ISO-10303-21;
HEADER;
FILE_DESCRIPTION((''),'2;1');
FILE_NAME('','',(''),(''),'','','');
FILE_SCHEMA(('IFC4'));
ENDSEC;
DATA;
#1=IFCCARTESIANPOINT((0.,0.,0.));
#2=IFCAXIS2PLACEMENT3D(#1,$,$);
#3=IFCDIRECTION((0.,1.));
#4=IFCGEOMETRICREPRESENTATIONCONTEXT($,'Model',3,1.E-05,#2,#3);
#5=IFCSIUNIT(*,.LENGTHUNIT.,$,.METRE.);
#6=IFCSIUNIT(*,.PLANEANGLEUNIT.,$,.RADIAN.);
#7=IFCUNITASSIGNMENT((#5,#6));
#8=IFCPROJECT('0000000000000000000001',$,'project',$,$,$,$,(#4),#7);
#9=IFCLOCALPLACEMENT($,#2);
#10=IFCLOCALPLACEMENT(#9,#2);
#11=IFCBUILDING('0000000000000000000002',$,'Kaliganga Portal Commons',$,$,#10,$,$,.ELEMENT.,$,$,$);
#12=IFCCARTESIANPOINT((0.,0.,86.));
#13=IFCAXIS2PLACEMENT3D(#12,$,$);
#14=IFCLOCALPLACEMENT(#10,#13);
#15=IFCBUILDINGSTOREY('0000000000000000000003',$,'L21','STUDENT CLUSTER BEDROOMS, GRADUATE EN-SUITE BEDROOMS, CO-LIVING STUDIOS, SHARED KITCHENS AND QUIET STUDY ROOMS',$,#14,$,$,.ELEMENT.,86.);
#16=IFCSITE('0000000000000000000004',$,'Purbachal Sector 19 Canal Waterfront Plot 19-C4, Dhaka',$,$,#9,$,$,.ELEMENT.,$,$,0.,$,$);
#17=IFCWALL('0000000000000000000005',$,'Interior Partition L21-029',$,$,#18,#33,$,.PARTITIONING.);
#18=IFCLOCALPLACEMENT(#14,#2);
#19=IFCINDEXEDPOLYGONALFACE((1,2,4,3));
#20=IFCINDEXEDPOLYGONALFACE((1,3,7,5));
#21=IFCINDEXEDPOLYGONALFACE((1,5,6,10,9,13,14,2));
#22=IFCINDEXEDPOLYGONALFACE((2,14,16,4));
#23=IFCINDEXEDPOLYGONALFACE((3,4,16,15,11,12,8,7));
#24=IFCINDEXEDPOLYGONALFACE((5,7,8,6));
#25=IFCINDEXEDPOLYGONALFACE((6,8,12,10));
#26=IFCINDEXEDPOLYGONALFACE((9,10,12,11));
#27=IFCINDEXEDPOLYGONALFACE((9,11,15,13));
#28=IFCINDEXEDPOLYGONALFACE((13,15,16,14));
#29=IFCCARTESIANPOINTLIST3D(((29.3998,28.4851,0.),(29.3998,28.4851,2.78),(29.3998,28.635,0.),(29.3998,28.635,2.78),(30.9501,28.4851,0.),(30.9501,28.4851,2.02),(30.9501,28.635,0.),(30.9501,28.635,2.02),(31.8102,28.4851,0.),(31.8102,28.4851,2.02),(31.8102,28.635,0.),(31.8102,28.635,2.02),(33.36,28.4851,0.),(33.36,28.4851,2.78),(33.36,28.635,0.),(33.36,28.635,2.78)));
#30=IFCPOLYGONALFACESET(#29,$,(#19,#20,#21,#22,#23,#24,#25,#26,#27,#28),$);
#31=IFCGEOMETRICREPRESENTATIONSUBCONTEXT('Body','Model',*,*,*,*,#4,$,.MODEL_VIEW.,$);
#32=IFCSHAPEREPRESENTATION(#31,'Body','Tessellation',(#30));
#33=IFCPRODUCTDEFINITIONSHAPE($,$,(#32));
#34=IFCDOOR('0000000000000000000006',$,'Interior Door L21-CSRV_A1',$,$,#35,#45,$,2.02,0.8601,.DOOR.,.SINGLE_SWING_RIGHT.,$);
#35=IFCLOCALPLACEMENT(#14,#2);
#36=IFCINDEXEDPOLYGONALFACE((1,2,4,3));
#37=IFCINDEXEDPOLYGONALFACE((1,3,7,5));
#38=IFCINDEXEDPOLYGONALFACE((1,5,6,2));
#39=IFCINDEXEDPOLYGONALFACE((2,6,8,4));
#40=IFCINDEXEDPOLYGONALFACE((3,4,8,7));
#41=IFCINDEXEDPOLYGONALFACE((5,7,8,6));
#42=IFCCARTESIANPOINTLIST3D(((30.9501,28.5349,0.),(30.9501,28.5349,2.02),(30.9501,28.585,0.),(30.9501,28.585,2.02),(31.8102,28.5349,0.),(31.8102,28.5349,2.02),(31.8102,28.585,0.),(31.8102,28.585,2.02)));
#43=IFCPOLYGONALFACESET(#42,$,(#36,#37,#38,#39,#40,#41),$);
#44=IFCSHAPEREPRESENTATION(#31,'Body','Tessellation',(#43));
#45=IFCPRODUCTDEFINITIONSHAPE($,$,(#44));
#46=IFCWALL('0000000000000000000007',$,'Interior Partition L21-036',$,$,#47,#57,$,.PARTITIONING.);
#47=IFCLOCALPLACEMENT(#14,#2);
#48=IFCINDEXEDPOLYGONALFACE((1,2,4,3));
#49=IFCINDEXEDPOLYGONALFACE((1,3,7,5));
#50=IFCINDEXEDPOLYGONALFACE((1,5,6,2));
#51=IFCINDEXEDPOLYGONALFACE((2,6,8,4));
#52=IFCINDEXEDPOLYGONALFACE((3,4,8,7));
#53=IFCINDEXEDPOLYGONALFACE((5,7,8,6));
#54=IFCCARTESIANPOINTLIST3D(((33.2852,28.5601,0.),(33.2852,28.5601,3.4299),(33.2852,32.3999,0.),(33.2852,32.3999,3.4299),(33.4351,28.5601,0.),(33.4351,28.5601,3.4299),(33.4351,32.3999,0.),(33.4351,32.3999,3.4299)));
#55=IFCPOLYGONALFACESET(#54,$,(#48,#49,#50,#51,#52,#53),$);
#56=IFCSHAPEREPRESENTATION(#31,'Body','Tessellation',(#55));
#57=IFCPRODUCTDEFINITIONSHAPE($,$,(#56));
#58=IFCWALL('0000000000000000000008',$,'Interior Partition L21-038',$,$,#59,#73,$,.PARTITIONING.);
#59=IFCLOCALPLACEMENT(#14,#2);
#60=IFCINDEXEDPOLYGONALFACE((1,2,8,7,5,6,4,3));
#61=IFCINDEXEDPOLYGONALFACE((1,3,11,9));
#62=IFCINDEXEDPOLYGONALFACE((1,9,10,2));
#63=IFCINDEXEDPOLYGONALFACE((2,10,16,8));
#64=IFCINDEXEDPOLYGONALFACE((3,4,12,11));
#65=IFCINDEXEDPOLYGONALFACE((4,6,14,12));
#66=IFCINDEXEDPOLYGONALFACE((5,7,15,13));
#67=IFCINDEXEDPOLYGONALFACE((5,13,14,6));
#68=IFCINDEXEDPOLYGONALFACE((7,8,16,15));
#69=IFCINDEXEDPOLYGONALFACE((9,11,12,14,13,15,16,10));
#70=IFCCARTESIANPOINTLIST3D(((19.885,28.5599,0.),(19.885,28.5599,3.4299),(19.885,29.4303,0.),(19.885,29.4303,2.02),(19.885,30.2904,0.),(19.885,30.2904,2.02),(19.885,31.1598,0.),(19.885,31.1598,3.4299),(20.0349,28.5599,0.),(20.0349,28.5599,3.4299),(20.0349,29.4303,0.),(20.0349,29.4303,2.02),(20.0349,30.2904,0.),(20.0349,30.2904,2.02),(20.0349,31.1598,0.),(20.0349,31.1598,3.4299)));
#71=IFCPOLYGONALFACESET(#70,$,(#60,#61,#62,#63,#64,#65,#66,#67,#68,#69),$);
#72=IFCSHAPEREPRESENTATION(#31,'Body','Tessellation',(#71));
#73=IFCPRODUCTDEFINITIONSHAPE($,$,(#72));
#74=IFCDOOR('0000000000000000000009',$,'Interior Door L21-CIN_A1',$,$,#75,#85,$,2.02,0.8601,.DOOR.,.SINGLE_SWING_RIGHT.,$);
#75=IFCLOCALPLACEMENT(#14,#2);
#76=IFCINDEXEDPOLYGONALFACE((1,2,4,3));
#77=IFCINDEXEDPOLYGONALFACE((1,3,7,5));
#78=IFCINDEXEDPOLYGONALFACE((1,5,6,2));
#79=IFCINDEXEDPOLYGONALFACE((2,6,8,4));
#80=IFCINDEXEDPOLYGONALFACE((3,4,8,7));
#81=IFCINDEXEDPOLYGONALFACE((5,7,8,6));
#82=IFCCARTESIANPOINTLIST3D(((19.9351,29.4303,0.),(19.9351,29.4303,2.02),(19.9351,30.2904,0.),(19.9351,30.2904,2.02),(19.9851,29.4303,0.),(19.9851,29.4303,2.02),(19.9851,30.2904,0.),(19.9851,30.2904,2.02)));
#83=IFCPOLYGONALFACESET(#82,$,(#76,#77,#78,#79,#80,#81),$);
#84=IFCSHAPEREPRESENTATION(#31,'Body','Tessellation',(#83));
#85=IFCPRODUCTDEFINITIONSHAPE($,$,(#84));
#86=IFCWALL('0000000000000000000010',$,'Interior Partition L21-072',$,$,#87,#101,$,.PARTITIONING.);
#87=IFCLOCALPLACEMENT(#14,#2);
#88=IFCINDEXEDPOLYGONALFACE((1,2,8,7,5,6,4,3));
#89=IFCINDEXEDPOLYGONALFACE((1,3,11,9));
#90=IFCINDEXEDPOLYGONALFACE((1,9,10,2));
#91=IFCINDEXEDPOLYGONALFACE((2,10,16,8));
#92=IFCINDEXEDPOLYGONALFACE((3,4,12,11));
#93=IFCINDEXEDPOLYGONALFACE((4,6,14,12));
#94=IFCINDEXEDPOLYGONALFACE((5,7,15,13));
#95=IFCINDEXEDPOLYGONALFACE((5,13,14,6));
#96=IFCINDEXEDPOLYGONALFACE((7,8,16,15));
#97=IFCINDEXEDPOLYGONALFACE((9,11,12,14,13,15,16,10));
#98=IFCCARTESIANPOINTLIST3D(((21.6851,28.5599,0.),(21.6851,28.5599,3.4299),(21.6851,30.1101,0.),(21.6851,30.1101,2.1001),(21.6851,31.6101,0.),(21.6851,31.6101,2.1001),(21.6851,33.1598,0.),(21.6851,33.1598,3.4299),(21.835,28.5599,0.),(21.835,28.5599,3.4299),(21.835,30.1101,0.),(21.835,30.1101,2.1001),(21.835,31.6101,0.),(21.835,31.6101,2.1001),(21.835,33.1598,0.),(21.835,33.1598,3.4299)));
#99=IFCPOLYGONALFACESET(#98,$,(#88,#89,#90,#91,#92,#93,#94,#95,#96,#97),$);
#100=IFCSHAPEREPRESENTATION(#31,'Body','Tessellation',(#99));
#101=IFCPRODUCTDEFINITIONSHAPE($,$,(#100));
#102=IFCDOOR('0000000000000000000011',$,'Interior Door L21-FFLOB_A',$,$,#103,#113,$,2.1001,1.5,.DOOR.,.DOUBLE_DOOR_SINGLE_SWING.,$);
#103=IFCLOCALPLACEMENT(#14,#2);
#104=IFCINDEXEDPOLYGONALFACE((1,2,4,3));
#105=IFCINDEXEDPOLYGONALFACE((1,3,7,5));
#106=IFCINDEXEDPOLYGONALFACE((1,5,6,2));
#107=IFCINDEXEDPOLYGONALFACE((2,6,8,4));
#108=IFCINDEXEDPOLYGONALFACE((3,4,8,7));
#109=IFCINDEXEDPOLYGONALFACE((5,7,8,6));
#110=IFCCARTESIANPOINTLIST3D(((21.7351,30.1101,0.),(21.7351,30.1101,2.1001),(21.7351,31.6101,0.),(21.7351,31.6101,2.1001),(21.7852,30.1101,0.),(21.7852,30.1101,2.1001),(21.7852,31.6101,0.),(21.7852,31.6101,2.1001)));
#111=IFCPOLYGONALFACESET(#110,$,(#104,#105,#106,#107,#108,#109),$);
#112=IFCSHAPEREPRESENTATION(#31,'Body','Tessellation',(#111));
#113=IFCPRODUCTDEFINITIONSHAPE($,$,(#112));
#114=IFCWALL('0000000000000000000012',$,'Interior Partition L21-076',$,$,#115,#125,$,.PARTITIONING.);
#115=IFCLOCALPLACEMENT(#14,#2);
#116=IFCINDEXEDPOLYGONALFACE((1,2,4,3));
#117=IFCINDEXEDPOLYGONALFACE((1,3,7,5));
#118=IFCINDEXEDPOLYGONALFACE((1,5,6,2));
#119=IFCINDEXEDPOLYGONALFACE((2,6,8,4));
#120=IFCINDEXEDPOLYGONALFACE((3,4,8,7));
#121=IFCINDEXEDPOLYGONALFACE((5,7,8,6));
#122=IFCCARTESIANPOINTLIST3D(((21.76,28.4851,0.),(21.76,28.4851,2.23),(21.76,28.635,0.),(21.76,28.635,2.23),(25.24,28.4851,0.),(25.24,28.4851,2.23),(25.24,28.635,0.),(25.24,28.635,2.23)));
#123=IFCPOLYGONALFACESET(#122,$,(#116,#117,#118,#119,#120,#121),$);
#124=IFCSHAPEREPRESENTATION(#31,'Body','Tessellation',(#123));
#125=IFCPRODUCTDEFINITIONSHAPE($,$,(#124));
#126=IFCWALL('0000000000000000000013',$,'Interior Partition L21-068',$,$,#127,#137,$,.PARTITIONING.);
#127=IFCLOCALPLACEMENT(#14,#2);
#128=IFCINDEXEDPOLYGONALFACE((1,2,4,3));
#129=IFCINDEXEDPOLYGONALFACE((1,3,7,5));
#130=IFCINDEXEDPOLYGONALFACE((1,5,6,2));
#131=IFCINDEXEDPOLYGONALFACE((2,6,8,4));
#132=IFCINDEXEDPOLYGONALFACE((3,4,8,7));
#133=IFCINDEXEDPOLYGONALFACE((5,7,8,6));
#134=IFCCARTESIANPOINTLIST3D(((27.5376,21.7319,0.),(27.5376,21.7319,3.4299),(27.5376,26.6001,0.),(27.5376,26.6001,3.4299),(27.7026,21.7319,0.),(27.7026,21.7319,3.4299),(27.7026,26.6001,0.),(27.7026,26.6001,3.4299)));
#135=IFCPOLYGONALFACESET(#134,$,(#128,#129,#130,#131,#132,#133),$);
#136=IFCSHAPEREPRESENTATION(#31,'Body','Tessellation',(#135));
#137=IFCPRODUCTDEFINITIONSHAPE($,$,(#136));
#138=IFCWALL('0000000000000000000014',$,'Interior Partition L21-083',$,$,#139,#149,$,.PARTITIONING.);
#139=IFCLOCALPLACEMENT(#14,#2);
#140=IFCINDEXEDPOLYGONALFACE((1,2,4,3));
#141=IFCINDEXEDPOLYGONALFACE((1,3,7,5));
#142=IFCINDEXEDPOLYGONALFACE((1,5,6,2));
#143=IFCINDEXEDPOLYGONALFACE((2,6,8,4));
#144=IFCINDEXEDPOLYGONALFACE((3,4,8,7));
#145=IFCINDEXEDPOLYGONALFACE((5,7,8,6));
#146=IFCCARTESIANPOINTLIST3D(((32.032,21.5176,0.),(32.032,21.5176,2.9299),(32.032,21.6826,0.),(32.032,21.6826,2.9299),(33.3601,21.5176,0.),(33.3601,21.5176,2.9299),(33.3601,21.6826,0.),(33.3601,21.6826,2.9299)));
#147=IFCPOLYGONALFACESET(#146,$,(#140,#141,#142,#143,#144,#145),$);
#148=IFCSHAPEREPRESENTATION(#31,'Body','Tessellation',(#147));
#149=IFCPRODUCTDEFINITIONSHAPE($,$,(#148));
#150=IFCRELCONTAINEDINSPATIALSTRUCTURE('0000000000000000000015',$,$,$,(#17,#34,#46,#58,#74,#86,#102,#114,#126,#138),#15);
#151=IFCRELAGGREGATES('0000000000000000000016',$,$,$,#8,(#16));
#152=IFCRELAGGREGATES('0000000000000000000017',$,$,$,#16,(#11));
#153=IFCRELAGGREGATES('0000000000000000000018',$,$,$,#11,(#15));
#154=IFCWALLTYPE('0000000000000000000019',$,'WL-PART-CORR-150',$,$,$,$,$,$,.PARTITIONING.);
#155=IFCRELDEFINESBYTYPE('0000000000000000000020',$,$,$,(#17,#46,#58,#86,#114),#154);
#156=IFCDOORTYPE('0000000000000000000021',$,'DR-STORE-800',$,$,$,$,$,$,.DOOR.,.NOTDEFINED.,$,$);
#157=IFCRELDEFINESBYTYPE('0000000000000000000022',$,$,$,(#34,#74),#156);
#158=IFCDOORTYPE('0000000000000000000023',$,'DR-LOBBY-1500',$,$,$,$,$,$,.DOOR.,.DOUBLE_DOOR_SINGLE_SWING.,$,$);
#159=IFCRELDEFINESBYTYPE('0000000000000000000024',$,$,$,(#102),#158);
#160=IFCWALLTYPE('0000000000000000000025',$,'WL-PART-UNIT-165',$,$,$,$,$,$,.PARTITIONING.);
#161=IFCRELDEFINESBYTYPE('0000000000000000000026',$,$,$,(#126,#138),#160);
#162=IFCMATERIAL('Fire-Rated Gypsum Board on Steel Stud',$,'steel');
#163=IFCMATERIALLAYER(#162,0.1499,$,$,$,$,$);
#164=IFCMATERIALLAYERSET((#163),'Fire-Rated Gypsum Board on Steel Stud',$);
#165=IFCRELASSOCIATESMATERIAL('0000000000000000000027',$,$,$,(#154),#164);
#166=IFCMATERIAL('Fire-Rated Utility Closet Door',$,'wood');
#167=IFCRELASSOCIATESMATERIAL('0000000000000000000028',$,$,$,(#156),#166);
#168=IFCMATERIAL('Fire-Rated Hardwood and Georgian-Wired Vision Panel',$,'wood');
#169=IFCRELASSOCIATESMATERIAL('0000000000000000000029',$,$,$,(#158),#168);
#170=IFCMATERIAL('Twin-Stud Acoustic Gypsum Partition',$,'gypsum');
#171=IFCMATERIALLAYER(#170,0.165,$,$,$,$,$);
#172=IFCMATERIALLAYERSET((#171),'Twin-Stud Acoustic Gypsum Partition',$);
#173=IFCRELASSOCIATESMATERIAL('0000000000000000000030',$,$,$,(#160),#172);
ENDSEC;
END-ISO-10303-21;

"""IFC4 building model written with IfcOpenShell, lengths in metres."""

from ifc_helpers import new_model, si_unit, direction, frame, frame_2d, origin, place, context, subcontext, project, spatial, rectangle, extrude, material, layer, layer_set, type_object, element, fill, save


model = new_model("IFC4")

# Units and contexts
model_context = context("Model", 3, precision=1e-05, world=origin(), true_north=direction((0.0, 1.0)))
body_context = subcontext(model_context, "Body", "Model", "MODEL_VIEW")
ifc_project = project(units=[si_unit("LENGTHUNIT", "METRE"), si_unit("PLANEANGLEUNIT", "RADIAN")], contexts=[model_context])

# Site, building, storey
site_placement = place(None, origin())
site = spatial("IfcSite", under=ifc_project, at=site_placement, Name="Purbachal Sector 19 Canal Waterfront Plot 19-C4, Dhaka", CompositionType="ELEMENT", RefElevation=0.0)
building_placement = place(site_placement, origin())
building = spatial("IfcBuilding", under=site, at=building_placement, Name="Kaliganga Portal Commons", CompositionType="ELEMENT")
storey_placement = place(building_placement, frame((0.0, 0.0, 86.0)))
storey = spatial("IfcBuildingStorey", under=building, at=storey_placement, Name="L21", Description="STUDENT CLUSTER BEDROOMS, GRADUATE EN-SUITE BEDROOMS, CO-LIVING STUDIOS, SHARED KITCHENS AND QUIET STUDY ROOMS", CompositionType="ELEMENT", Elevation=86.0)

# Shared definitions
ifc_material_1 = material(Name="Fire-Rated Gypsum Board on Steel Stud", Category="steel")
ifc_layer_1 = layer(ifc_material_1, 0.1499)
ifc_layer_set_1 = layer_set([ifc_layer_1], Name="Fire-Rated Gypsum Board on Steel Stud")
wall_type_1 = type_object("IfcWallType", Name="WL-PART-CORR-150", PredefinedType="PARTITIONING", material=ifc_layer_set_1)

# Wall, opening, door
wall_1_placement = place(storey_placement, frame((29.3999, 28.5601, 0.0), z_axis=(0.0, 0.0, 1.0), x_axis=(1.0, 0.0, 0.0)))
wall_1 = element("IfcWall", 1, at=wall_1_placement, inside=storey, type_object=wall_type_1, Name="Interior Partition L21-029", PredefinedType="PARTITIONING", context=body_context, shape_type="SweptSolid", body=[
    extrude(rectangle(XDim=3.9602, YDim=0.1499, at=frame_2d((1.98, 0.0))), origin(), (0.0, 0.0, 1.0), 2.78),
])
opening_1_placement = place(wall_1_placement, frame((1.55, 0.0, 0.0)))
opening_1 = element("IfcOpeningElement", 2, at=opening_1_placement, cuts=wall_1, PredefinedType="OPENING", context=body_context, shape_type="SweptSolid", body=[
    extrude(rectangle(XDim=0.8601, YDim=2.02, at=frame_2d((0.4302, 1.01))), frame((0.0, 0.085, 0.0), z_axis=(0.0, -1.0, 0.0), x_axis=(1.0, 0.0, 0.0)), (0.0, 0.0, 1.0), 0.1699),
])
ifc_material_2 = material(Name="Fire-Rated Utility Closet Door", Category="wood")
door_type_1 = type_object("IfcDoorType", Name="DR-STORE-800", OperationType="NOTDEFINED", PredefinedType="DOOR", material=ifc_material_2)
door_1_placement = place(opening_1_placement, origin())
door_1 = element("IfcDoor", 3, at=door_1_placement, inside=storey, type_object=door_type_1, Name="Interior Door L21-CSRV_A1", OperationType="SINGLE_SWING_RIGHT", OverallHeight=2.02, OverallWidth=0.8601, PredefinedType="DOOR", context=body_context, shape_type="SweptSolid", body=[
    extrude(rectangle(XDim=0.8601, YDim=2.02, at=frame_2d((0.4302, 1.01))), frame((0.0, 0.0249, 0.0), z_axis=(0.0, -1.0, 0.0), x_axis=(1.0, 0.0, 0.0)), (0.0, 0.0, 1.0), 0.05),
])
fill(opening_1, door_1)

# Wall
wall_2_placement = place(storey_placement, frame((33.3601, 28.5601, 0.0), z_axis=(0.0, 0.0, 1.0), x_axis=(0.0, 1.0, 0.0)))
element("IfcWall", 4, at=wall_2_placement, inside=storey, type_object=wall_type_1, Name="Interior Partition L21-036", PredefinedType="PARTITIONING", context=body_context, shape_type="SweptSolid", body=[
    extrude(rectangle(XDim=3.8398, YDim=0.1499, at=frame_2d((1.9199, 0.0))), origin(), (0.0, 0.0, 1.0), 3.4299),
])

# Walls, openings, doors
wall_3_placement = place(storey_placement, frame((19.96, 28.5601, 0.0), z_axis=(0.0, 0.0, 1.0), x_axis=(0.0, 1.0, 0.0)))
wall_3 = element("IfcWall", 5, at=wall_3_placement, inside=storey, type_object=wall_type_1, Name="Interior Partition L21-038", PredefinedType="PARTITIONING", context=body_context, shape_type="SweptSolid", body=[
    extrude(rectangle(XDim=2.5999, YDim=0.1499, at=frame_2d((1.2998, 0.0))), origin(), (0.0, 0.0, 1.0), 3.4299),
])
opening_2_placement = place(wall_3_placement, frame((0.8701, 0.0, 0.0)))
opening_2 = element("IfcOpeningElement", 6, at=opening_2_placement, cuts=wall_3, PredefinedType="OPENING", context=body_context, shape_type="SweptSolid", body=[
    extrude(rectangle(XDim=0.8601, YDim=2.02, at=frame_2d((0.4302, 1.01))), frame((0.0, 0.085, 0.0), z_axis=(0.0, -1.0, 0.0), x_axis=(1.0, 0.0, 0.0)), (0.0, 0.0, 1.0), 0.1699),
])
door_2_placement = place(opening_2_placement, origin())
door_2 = element("IfcDoor", 7, at=door_2_placement, inside=storey, type_object=door_type_1, Name="Interior Door L21-CIN_A1", OperationType="SINGLE_SWING_RIGHT", OverallHeight=2.02, OverallWidth=0.8601, PredefinedType="DOOR", context=body_context, shape_type="SweptSolid", body=[
    extrude(rectangle(XDim=0.8601, YDim=2.02, at=frame_2d((0.4302, 1.01))), frame((0.0, 0.0249, 0.0), z_axis=(0.0, -1.0, 0.0), x_axis=(1.0, 0.0, 0.0)), (0.0, 0.0, 1.0), 0.05),
])
fill(opening_2, door_2)
wall_4_placement = place(storey_placement, frame((21.76, 28.5601, 0.0), z_axis=(0.0, 0.0, 1.0), x_axis=(0.0, 1.0, 0.0)))
wall_4 = element("IfcWall", 8, at=wall_4_placement, inside=storey, type_object=wall_type_1, Name="Interior Partition L21-072", PredefinedType="PARTITIONING", context=body_context, shape_type="SweptSolid", body=[
    extrude(rectangle(XDim=4.5999, YDim=0.1499, at=frame_2d((2.2998, 0.0))), origin(), (0.0, 0.0, 1.0), 3.4299),
])
opening_3_placement = place(wall_4_placement, frame((1.55, 0.0, 0.0)))
opening_3 = element("IfcOpeningElement", 9, at=opening_3_placement, cuts=wall_4, PredefinedType="OPENING", context=body_context, shape_type="SweptSolid", body=[
    extrude(rectangle(XDim=1.5, YDim=2.1001, at=frame_2d((0.75, 1.05))), frame((0.0, 0.085, 0.0), z_axis=(0.0, -1.0, 0.0), x_axis=(1.0, 0.0, 0.0)), (0.0, 0.0, 1.0), 0.1699),
])
ifc_material_3 = material(Name="Fire-Rated Hardwood and Georgian-Wired Vision Panel", Category="wood")
door_type_2 = type_object("IfcDoorType", Name="DR-LOBBY-1500", OperationType="DOUBLE_DOOR_SINGLE_SWING", PredefinedType="DOOR", material=ifc_material_3)
door_3_placement = place(opening_3_placement, origin())
door_3 = element("IfcDoor", 10, at=door_3_placement, inside=storey, type_object=door_type_2, Name="Interior Door L21-FFLOB_A", OperationType="DOUBLE_DOOR_SINGLE_SWING", OverallHeight=2.1001, OverallWidth=1.5, PredefinedType="DOOR", context=body_context, shape_type="SweptSolid", body=[
    extrude(rectangle(XDim=1.5, YDim=2.1001, at=frame_2d((0.75, 1.05))), frame((0.0, 0.0249, 0.0), z_axis=(0.0, -1.0, 0.0), x_axis=(1.0, 0.0, 0.0)), (0.0, 0.0, 1.0), 0.05),
])
fill(opening_3, door_3)

# Walls
wall_5_placement = place(storey_placement, frame((21.76, 28.5601, 0.0), z_axis=(0.0, 0.0, 1.0), x_axis=(1.0, 0.0, 0.0)))
element("IfcWall", 11, at=wall_5_placement, inside=storey, type_object=wall_type_1, Name="Interior Partition L21-076", PredefinedType="PARTITIONING", context=body_context, shape_type="SweptSolid", body=[
    extrude(rectangle(XDim=3.48, YDim=0.1499, at=frame_2d((1.74, 0.0))), origin(), (0.0, 0.0, 1.0), 2.23),
])
ifc_material_4 = material(Name="Twin-Stud Acoustic Gypsum Partition", Category="gypsum")
ifc_layer_2 = layer(ifc_material_4, 0.165)
ifc_layer_set_2 = layer_set([ifc_layer_2], Name="Twin-Stud Acoustic Gypsum Partition")
wall_type_2 = type_object("IfcWallType", Name="WL-PART-UNIT-165", PredefinedType="PARTITIONING", material=ifc_layer_set_2)
wall_6_placement = place(storey_placement, frame((27.6201, 21.7319, 0.0), z_axis=(0.0, 0.0, 1.0), x_axis=(0.0, 1.0, 0.0)))
element("IfcWall", 12, at=wall_6_placement, inside=storey, type_object=wall_type_2, Name="Interior Partition L21-068", PredefinedType="PARTITIONING", context=body_context, shape_type="SweptSolid", body=[
    extrude(rectangle(XDim=4.8682, YDim=0.165, at=frame_2d((2.4341, 0.0))), origin(), (0.0, 0.0, 1.0), 3.4299),
])
wall_7_placement = place(storey_placement, frame((32.032, 21.6001, 0.0), z_axis=(0.0, 0.0, 1.0), x_axis=(1.0, 0.0, 0.0)))
element("IfcWall", 13, at=wall_7_placement, inside=storey, type_object=wall_type_2, Name="Interior Partition L21-083", PredefinedType="PARTITIONING", context=body_context, shape_type="SweptSolid", body=[
    extrude(rectangle(XDim=1.3281, YDim=0.165, at=frame_2d((0.6641, 0.0))), origin(), (0.0, 0.0, 1.0), 2.9299),
])

save(model, "model.ifc")
